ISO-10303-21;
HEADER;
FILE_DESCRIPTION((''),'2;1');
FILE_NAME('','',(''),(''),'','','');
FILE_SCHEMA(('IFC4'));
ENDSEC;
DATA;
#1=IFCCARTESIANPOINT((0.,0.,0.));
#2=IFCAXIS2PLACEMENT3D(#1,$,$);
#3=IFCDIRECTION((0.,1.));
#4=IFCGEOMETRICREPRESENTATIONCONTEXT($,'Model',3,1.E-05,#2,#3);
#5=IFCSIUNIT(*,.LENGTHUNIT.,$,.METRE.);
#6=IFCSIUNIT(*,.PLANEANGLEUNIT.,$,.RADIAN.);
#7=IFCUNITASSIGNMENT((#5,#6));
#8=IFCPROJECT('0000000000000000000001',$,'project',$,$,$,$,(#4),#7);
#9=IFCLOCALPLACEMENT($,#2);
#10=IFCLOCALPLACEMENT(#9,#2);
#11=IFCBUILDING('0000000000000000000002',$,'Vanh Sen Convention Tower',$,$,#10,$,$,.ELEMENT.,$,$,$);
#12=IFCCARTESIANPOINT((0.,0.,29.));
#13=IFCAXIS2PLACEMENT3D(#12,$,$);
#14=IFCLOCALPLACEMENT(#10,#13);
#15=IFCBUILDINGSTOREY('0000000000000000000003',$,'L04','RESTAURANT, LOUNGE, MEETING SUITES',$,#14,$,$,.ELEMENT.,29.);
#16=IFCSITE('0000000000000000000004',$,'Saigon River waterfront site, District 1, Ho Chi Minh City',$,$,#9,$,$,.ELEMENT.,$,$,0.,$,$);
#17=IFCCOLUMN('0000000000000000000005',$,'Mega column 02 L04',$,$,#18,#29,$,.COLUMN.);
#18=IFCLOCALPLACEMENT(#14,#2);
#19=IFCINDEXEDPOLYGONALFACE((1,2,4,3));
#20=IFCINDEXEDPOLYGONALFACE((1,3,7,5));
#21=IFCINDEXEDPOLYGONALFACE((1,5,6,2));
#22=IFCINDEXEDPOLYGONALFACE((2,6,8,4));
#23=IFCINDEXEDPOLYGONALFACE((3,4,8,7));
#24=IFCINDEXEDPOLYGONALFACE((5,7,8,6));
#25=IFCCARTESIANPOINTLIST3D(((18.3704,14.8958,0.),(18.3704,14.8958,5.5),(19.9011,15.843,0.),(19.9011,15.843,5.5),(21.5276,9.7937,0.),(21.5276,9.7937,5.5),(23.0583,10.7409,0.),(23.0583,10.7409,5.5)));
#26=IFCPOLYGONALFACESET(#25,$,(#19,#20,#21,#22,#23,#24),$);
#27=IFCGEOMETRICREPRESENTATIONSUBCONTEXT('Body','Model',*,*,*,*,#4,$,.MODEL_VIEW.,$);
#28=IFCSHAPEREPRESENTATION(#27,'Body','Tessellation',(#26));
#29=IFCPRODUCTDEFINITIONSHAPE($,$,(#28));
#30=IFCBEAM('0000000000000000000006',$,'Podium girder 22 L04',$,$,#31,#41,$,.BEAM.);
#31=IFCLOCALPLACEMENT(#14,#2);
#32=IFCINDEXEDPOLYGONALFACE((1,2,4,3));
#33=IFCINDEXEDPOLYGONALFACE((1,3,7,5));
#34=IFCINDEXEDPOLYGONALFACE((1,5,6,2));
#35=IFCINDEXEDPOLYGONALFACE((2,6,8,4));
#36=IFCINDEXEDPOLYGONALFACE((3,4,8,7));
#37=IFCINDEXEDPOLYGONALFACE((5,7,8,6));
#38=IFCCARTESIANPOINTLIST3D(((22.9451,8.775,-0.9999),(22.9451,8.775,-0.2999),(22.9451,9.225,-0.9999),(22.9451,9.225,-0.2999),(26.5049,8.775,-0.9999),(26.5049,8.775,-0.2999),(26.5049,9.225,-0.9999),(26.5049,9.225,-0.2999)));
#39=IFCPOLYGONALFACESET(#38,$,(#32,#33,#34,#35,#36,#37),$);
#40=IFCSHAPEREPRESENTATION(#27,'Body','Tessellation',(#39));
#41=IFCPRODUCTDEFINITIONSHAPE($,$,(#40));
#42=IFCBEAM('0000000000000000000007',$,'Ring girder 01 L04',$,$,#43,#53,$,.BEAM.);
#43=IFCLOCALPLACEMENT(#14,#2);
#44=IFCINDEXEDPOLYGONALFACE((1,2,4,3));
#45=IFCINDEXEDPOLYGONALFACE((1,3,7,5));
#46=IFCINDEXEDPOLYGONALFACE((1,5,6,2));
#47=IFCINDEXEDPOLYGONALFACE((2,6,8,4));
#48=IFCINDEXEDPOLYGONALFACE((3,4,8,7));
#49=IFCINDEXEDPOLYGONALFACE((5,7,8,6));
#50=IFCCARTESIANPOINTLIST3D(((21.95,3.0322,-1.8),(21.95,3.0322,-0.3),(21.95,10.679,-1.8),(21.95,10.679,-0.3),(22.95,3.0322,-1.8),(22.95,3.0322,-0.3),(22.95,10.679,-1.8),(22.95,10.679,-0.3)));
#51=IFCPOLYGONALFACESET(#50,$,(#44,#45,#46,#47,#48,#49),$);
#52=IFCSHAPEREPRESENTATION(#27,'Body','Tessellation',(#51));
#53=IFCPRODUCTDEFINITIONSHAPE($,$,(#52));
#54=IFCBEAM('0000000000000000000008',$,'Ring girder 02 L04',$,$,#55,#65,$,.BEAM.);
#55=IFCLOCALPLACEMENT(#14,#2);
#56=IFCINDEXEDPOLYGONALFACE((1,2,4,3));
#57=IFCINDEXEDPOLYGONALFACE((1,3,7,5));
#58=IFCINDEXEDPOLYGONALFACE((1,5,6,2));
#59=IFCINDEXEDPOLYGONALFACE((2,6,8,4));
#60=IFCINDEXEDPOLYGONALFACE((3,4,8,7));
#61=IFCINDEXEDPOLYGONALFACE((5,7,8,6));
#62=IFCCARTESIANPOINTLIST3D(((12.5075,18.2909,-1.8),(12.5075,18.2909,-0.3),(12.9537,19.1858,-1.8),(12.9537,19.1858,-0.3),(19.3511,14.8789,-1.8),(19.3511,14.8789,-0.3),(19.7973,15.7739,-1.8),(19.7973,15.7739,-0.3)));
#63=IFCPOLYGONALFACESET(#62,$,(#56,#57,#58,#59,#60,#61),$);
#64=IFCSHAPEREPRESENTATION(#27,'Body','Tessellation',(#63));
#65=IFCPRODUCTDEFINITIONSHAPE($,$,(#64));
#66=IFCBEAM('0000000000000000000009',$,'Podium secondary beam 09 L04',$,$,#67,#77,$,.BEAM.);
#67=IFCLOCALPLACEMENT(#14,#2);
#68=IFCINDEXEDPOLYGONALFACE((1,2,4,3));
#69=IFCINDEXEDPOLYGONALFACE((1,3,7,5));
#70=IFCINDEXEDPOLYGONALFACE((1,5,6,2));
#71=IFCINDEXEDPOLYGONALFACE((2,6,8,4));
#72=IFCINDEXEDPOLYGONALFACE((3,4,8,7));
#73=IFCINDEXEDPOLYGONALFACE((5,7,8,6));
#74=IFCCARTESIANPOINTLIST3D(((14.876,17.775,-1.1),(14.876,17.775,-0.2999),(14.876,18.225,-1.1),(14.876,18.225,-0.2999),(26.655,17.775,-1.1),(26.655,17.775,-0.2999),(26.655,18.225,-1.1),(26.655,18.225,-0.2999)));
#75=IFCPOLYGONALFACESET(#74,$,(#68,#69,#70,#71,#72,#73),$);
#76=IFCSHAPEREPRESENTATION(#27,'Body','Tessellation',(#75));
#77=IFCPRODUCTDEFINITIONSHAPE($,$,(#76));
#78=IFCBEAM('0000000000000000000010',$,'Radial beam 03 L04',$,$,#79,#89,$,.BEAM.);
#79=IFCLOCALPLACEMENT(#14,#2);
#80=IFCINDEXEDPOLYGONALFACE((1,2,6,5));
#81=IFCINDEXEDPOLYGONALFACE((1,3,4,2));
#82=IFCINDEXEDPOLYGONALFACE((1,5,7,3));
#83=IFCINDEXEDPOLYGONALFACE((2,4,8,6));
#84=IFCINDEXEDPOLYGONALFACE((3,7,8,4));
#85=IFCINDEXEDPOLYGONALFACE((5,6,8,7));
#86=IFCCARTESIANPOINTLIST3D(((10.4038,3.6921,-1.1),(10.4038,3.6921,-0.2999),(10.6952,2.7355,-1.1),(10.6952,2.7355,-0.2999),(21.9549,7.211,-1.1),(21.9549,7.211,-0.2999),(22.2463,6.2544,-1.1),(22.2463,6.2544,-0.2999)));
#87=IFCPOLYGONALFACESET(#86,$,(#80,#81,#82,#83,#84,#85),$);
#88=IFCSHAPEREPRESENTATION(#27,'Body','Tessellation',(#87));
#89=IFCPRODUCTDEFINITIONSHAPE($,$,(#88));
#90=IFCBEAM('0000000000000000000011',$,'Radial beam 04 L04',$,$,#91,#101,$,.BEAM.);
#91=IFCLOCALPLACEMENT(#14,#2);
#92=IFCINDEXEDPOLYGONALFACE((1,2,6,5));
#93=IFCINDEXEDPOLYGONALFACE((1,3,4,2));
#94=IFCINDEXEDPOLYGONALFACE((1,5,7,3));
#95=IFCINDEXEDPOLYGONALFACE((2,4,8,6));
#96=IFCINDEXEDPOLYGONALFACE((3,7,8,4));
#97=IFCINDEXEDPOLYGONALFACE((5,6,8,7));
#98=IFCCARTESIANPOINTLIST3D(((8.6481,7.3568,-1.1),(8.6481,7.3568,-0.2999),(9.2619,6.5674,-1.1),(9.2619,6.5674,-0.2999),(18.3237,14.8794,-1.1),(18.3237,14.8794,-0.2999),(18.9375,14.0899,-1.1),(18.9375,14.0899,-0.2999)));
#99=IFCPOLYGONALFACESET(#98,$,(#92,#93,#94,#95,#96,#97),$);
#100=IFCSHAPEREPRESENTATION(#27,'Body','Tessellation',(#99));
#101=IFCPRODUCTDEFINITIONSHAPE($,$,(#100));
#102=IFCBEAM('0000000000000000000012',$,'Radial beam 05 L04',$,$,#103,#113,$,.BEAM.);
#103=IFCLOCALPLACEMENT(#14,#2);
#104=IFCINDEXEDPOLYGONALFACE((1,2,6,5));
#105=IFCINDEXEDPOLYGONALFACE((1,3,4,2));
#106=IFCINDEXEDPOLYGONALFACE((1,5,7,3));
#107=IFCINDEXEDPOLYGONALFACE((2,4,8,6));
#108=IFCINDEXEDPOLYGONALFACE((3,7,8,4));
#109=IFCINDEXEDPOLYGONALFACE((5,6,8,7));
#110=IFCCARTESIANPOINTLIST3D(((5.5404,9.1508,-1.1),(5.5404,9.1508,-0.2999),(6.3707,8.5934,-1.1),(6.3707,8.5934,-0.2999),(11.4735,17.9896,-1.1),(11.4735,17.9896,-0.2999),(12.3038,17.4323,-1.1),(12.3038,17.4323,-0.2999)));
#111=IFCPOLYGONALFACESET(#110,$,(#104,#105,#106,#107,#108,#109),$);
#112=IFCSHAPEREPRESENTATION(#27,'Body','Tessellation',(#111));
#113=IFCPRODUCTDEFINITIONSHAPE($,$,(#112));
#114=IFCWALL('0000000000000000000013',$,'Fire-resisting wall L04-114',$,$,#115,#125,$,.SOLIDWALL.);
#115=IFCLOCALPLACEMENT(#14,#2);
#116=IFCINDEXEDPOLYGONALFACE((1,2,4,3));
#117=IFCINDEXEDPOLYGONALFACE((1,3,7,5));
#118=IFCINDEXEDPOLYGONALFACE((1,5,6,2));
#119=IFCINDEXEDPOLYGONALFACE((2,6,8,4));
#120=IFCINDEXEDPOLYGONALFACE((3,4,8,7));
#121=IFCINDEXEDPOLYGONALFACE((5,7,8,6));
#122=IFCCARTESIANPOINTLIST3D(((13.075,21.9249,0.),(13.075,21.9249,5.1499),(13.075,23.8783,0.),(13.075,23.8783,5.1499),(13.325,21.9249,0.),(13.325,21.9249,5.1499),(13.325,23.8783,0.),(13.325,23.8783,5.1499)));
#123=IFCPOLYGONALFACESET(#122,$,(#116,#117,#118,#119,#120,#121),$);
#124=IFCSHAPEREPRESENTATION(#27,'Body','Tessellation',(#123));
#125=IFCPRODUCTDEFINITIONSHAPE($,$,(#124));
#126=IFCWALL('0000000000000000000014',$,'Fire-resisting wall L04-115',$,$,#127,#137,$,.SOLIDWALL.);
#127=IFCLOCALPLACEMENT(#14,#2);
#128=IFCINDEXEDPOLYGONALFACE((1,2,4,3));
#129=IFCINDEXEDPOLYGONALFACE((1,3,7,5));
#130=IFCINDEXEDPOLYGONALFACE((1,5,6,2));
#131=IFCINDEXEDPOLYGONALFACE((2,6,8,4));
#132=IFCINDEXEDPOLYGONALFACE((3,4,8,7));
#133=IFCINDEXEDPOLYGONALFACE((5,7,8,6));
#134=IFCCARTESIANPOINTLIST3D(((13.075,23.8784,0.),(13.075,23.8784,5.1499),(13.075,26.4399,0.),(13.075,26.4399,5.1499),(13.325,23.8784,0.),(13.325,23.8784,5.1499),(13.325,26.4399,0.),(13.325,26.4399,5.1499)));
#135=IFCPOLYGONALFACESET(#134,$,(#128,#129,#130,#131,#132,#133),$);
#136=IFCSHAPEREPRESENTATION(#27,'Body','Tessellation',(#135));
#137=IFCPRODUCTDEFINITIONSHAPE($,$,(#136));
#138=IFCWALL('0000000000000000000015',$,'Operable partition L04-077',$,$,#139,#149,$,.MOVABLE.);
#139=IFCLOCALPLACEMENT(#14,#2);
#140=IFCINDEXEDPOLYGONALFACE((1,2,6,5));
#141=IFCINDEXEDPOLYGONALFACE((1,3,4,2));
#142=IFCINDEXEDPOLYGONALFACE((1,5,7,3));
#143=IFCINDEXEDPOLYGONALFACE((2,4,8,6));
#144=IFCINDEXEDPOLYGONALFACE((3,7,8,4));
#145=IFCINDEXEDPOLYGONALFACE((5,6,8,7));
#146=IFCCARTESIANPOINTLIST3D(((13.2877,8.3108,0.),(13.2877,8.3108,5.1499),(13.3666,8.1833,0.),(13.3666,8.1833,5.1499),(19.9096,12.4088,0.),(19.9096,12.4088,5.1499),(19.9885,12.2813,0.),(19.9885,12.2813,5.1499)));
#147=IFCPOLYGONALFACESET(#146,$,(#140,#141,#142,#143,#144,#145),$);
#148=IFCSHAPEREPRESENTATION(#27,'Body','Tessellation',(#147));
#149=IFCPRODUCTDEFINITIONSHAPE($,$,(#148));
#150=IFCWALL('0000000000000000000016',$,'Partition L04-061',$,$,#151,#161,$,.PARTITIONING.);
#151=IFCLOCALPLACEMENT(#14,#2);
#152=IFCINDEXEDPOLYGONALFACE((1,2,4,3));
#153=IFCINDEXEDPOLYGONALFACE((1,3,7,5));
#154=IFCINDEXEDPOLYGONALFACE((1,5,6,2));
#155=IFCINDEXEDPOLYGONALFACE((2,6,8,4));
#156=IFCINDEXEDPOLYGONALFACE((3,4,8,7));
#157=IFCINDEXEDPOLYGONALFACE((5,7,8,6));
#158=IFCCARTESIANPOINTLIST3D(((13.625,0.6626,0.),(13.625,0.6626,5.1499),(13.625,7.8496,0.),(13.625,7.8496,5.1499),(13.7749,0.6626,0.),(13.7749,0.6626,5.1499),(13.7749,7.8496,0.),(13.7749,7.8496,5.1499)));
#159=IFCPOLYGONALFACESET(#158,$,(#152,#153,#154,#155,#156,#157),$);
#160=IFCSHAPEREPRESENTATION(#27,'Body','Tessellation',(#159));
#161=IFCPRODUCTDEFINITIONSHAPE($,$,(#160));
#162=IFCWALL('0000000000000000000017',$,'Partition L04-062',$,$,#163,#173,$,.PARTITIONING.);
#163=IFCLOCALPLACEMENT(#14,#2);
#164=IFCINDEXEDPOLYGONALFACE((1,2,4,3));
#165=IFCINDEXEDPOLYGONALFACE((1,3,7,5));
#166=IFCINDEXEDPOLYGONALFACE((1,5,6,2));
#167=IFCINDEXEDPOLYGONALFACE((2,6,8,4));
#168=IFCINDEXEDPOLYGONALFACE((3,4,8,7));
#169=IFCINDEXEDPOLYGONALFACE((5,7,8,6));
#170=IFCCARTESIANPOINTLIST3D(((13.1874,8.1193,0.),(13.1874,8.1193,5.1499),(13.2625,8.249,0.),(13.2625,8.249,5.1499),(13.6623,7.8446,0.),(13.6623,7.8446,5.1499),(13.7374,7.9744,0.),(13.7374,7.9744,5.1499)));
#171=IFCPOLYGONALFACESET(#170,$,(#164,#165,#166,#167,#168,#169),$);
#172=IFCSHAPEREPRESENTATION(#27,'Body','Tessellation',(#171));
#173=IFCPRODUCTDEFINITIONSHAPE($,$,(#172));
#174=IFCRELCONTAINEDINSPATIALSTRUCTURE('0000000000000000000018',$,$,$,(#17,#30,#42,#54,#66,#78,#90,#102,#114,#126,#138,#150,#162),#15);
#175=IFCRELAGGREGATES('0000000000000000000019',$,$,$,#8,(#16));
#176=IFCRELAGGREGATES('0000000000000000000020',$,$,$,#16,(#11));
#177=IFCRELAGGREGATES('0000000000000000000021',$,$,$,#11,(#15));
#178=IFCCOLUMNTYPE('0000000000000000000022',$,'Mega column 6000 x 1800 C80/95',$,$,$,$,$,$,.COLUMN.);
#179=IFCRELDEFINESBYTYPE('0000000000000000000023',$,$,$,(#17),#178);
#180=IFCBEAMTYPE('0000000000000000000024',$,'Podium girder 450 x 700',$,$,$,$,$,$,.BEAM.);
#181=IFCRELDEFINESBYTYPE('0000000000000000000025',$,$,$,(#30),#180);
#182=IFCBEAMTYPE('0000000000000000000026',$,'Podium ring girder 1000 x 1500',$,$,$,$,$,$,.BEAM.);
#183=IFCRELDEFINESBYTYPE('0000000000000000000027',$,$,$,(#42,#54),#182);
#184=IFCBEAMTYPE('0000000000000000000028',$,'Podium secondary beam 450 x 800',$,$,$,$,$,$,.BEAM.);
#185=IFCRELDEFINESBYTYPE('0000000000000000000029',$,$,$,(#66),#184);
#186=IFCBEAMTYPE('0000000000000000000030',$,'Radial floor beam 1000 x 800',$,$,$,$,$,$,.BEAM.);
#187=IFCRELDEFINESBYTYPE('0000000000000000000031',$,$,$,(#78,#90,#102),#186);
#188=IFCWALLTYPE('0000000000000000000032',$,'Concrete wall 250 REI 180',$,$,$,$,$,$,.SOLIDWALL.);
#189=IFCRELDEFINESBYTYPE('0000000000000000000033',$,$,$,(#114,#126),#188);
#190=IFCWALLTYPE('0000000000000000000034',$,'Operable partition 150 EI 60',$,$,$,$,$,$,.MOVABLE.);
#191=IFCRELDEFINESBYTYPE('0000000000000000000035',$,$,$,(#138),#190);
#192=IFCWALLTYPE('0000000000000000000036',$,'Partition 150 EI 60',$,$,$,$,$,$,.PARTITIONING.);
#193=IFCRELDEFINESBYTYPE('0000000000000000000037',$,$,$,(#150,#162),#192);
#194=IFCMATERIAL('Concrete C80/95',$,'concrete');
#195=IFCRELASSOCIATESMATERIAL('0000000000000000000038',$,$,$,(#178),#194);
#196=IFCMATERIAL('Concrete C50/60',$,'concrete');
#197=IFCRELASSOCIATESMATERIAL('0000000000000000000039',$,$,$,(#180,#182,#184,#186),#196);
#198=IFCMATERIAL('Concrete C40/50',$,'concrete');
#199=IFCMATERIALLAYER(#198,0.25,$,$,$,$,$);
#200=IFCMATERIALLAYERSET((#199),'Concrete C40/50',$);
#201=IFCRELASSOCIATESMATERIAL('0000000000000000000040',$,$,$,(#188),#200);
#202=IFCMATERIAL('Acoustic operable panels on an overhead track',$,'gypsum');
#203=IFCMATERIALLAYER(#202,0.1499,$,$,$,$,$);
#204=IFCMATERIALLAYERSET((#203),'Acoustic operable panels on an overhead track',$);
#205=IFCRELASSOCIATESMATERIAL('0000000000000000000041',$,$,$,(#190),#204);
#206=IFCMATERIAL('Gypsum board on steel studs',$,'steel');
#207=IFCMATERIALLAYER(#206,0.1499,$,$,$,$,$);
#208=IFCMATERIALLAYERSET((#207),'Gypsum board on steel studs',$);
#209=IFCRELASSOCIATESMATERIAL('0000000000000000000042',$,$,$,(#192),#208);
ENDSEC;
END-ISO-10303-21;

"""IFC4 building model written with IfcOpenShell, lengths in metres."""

from ifc_helpers import new_model, si_unit, direction, frame, frame_2d, origin, origin_2d, place, context, subcontext, project, spatial, rectangle, extrude, material, layer, layer_set, material_profile, profile_set, type_object, element, save


model = new_model("IFC4")

# Units and contexts
model_context = context("Model", 3, precision=1e-05, world=origin(), true_north=direction((0.0, 1.0)))
body_context = subcontext(model_context, "Body", "Model", "MODEL_VIEW")
ifc_project = project(units=[si_unit("LENGTHUNIT", "METRE"), si_unit("PLANEANGLEUNIT", "RADIAN")], contexts=[model_context])

# Site, building, storey
site_placement = place(None, origin())
site = spatial("IfcSite", under=ifc_project, at=site_placement, Name="Saigon River waterfront site, District 1, Ho Chi Minh City", CompositionType="ELEMENT", RefElevation=0.0)
building_placement = place(site_placement, origin())
building = spatial("IfcBuilding", under=site, at=building_placement, Name="Vanh Sen Convention Tower", CompositionType="ELEMENT")
storey_placement = place(building_placement, frame((0.0, 0.0, 29.0)))
storey = spatial("IfcBuildingStorey", under=building, at=storey_placement, Name="L04", Description="RESTAURANT, LOUNGE, MEETING SUITES", CompositionType="ELEMENT", Elevation=29.0)

# Column
ifc_material_1 = material(Name="Concrete C80/95", Category="concrete")
ifc_material_profile_1 = material_profile(ifc_material_1, rectangle(XDim=6.0, YDim=1.8, at=origin_2d()), Name="RC 6000X1800")
ifc_profile_set_1 = profile_set([ifc_material_profile_1], Name="Concrete C80/95")
column_type = type_object("IfcColumnType", Name="Mega column 6000 x 1800 C80/95", PredefinedType="COLUMN", material=ifc_profile_set_1)
column_placement = place(storey_placement, frame((20.7144, 12.8184, 0.0), z_axis=(0.0, 0.0, 1.0), x_axis=(-0.526211, 0.850354, 0.0)))
element("IfcColumn", 1, at=column_placement, inside=storey, type_object=column_type, Name="Mega column 02 L04", PredefinedType="COLUMN", context=body_context, shape_type="SweptSolid", body=[
    extrude(rectangle(XDim=6.0, YDim=1.8, at=origin_2d()), origin(), (0.0, 0.0, 1.0), 5.5),
])

# Beams
ifc_material_2 = material(Name="Concrete C50/60", Category="concrete")
ifc_material_profile_2 = material_profile(ifc_material_2, rectangle(XDim=0.45, YDim=0.7, at=origin_2d()), Name="RC 450X700")
ifc_profile_set_2 = profile_set([ifc_material_profile_2], Name="Concrete C50/60")
beam_type_1 = type_object("IfcBeamType", Name="Podium girder 450 x 700", PredefinedType="BEAM", material=ifc_profile_set_2)
beam_1_placement = place(storey_placement, frame((22.9451, 9.0, -0.6499), z_axis=(1.0, 0.0, 0.0), x_axis=(0.0, 1.0, 0.0)))
element("IfcBeam", 2, at=beam_1_placement, inside=storey, type_object=beam_type_1, Name="Podium girder 22 L04", PredefinedType="BEAM", context=body_context, shape_type="SweptSolid", body=[
    extrude(rectangle(XDim=0.45, YDim=0.7, at=origin_2d()), origin(), (0.0, 0.0, 1.0), 3.5598),
])
ifc_material_profile_3 = material_profile(ifc_material_2, rectangle(XDim=1.0, YDim=1.5, at=origin_2d()), Name="RC 1000X1500")
ifc_profile_set_3 = profile_set([ifc_material_profile_3], Name="Concrete C50/60")
beam_type_2 = type_object("IfcBeamType", Name="Podium ring girder 1000 x 1500", PredefinedType="BEAM", material=ifc_profile_set_3)
beam_2_placement = place(storey_placement, frame((22.45, 3.0322, -1.05), z_axis=(0.0, 1.0, 0.0), x_axis=(-1.0, 0.0, 0.0)))
element("IfcBeam", 3, at=beam_2_placement, inside=storey, type_object=beam_type_2, Name="Ring girder 01 L04", PredefinedType="BEAM", context=body_context, shape_type="SweptSolid", body=[
    extrude(rectangle(XDim=1.0, YDim=1.5, at=origin_2d()), origin(), (0.0, 0.0, 1.0), 7.6467),
])
beam_3_placement = place(storey_placement, frame((19.5742, 15.3264, -1.05), z_axis=(-0.894944, 0.446179, 0.0), x_axis=(-0.446179, -0.894944, 0.0)))
element("IfcBeam", 4, at=beam_3_placement, inside=storey, type_object=beam_type_2, Name="Ring girder 02 L04", PredefinedType="BEAM", context=body_context, shape_type="SweptSolid", body=[
    extrude(rectangle(XDim=1.0, YDim=1.5, at=origin_2d()), origin(), (0.0, 0.0, 1.0), 7.647),
])
ifc_material_profile_4 = material_profile(ifc_material_2, rectangle(XDim=0.45, YDim=0.8, at=origin_2d()), Name="RC 450X800")
ifc_profile_set_4 = profile_set([ifc_material_profile_4], Name="Concrete C50/60")
beam_type_3 = type_object("IfcBeamType", Name="Podium secondary beam 450 x 800", PredefinedType="BEAM", material=ifc_profile_set_4)
beam_4_placement = place(storey_placement, frame((14.876, 18.0, -0.7), z_axis=(1.0, 0.0, 0.0), x_axis=(0.0, 1.0, 0.0)))
element("IfcBeam", 5, at=beam_4_placement, inside=storey, type_object=beam_type_3, Name="Podium secondary beam 09 L04", PredefinedType="BEAM", context=body_context, shape_type="SweptSolid", body=[
    extrude(rectangle(XDim=0.45, YDim=0.8, at=origin_2d()), origin(), (0.0, 0.0, 1.0), 11.7791),
])
ifc_material_profile_5 = material_profile(ifc_material_2, rectangle(XDim=1.0, YDim=0.8, at=origin_2d()), Name="RC 1000X800")
ifc_profile_set_5 = profile_set([ifc_material_profile_5], Name="Concrete C50/60")
beam_type_4 = type_object("IfcBeamType", Name="Radial floor beam 1000 x 800", PredefinedType="BEAM", material=ifc_profile_set_5)
beam_5_placement = place(storey_placement, frame((22.1006, 6.7327, -0.7), z_axis=(-0.956598, -0.291409, 0.0), x_axis=(0.291409, -0.956598, 0.0)))
element("IfcBeam", 6, at=beam_5_placement, inside=storey, type_object=beam_type_4, Name="Radial beam 03 L04", PredefinedType="BEAM", context=body_context, shape_type="SweptSolid", body=[
    extrude(rectangle(XDim=1.0, YDim=0.8, at=origin_2d()), origin(), (0.0, 0.0, 1.0), 12.0752),
])
beam_6_placement = place(storey_placement, frame((18.6306, 14.4846, -0.7), z_axis=(-0.789469, -0.61379, 0.0), x_axis=(0.61379, -0.789469, 0.0)))
element("IfcBeam", 7, at=beam_6_placement, inside=storey, type_object=beam_type_4, Name="Radial beam 04 L04", PredefinedType="BEAM", context=body_context, shape_type="SweptSolid", body=[
    extrude(rectangle(XDim=1.0, YDim=0.8, at=origin_2d()), origin(), (0.0, 0.0, 1.0), 12.2559),
])
beam_7_placement = place(storey_placement, frame((11.8887, 17.7109, -0.7), z_axis=(-0.557333, -0.830289, 0.0), x_axis=(0.830289, -0.557333, 0.0)))
element("IfcBeam", 8, at=beam_7_placement, inside=storey, type_object=beam_type_4, Name="Radial beam 05 L04", PredefinedType="BEAM", context=body_context, shape_type="SweptSolid", body=[
    extrude(rectangle(XDim=1.0, YDim=0.8, at=origin_2d()), origin(), (0.0, 0.0, 1.0), 10.6455),
])

# Shared definitions
ifc_material_3 = material(Name="Concrete C40/50", Category="concrete")
ifc_layer_1 = layer(ifc_material_3, 0.25)
ifc_layer_set_1 = layer_set([ifc_layer_1], Name="Concrete C40/50")
wall_type_1 = type_object("IfcWallType", Name="Concrete wall 250 REI 180", PredefinedType="SOLIDWALL", material=ifc_layer_set_1)

# Walls
wall_1_placement = place(storey_placement, frame((13.2, 21.925, 0.0), z_axis=(0.0, 0.0, 1.0), x_axis=(0.0, 1.0, 0.0)))
element("IfcWall", 9, at=wall_1_placement, inside=storey, type_object=wall_type_1, Name="Fire-resisting wall L04-114", PredefinedType="SOLIDWALL", context=body_context, shape_type="SweptSolid", body=[
    extrude(rectangle(XDim=1.9534, YDim=0.25, at=frame_2d((0.9766, 0.0))), origin(), (0.0, 0.0, 1.0), 5.1499),
])
wall_2_placement = place(storey_placement, frame((13.2, 23.8784, 0.0), z_axis=(0.0, 0.0, 1.0), x_axis=(0.0, 1.0, 0.0)))
element("IfcWall", 10, at=wall_2_placement, inside=storey, type_object=wall_type_1, Name="Fire-resisting wall L04-115", PredefinedType="SOLIDWALL", context=body_context, shape_type="SweptSolid", body=[
    extrude(rectangle(XDim=2.5615, YDim=0.25, at=frame_2d((1.2808, 0.0))), origin(), (0.0, 0.0, 1.0), 5.1499),
])
ifc_material_4 = material(Name="Acoustic operable panels on an overhead track", Category="gypsum")
ifc_layer_2 = layer(ifc_material_4, 0.1499)
ifc_layer_set_2 = layer_set([ifc_layer_2], Name="Acoustic operable panels on an overhead track")
wall_type_2 = type_object("IfcWallType", Name="Operable partition 150 EI 60", PredefinedType="MOVABLE", material=ifc_layer_set_2)
wall_3_placement = place(storey_placement, frame((19.949, 12.345, 0.0), z_axis=(0.0, 0.0, 1.0), x_axis=(-0.850341, -0.526232, 0.0)))
element("IfcWall", 11, at=wall_3_placement, inside=storey, type_object=wall_type_2, Name="Operable partition L04-077", PredefinedType="MOVABLE", context=body_context, shape_type="SweptSolid", body=[
    extrude(rectangle(XDim=7.7874, YDim=0.1499, at=frame_2d((3.8936, 0.0))), origin(), (0.0, 0.0, 1.0), 5.1499),
])
ifc_material_5 = material(Name="Gypsum board on steel studs", Category="steel")
ifc_layer_3 = layer(ifc_material_5, 0.1499)
ifc_layer_set_3 = layer_set([ifc_layer_3], Name="Gypsum board on steel studs")
wall_type_3 = type_object("IfcWallType", Name="Partition 150 EI 60", PredefinedType="PARTITIONING", material=ifc_layer_set_3)
wall_4_placement = place(storey_placement, frame((13.7, 7.8496, 0.0), z_axis=(0.0, 0.0, 1.0), x_axis=(0.0, -1.0, 0.0)))
element("IfcWall", 12, at=wall_4_placement, inside=storey, type_object=wall_type_3, Name="Partition L04-061", PredefinedType="PARTITIONING", context=body_context, shape_type="SweptSolid", body=[
    extrude(rectangle(XDim=7.187, YDim=0.1499, at=frame_2d((3.5935, 0.0))), origin(), (0.0, 0.0, 1.0), 5.1499),
])
wall_5_placement = place(storey_placement, frame((13.7, 7.9094, 0.0), z_axis=(0.0, 0.0, 1.0), x_axis=(-0.865629, 0.500685, 0.0)))
element("IfcWall", 13, at=wall_5_placement, inside=storey, type_object=wall_type_3, Name="Partition L04-062", PredefinedType="PARTITIONING", context=body_context, shape_type="SweptSolid", body=[
    extrude(rectangle(XDim=0.5486, YDim=0.1499, at=frame_2d((0.2744, 0.0))), origin(), (0.0, 0.0, 1.0), 5.1499),
])

save(model, "model.ifc")
